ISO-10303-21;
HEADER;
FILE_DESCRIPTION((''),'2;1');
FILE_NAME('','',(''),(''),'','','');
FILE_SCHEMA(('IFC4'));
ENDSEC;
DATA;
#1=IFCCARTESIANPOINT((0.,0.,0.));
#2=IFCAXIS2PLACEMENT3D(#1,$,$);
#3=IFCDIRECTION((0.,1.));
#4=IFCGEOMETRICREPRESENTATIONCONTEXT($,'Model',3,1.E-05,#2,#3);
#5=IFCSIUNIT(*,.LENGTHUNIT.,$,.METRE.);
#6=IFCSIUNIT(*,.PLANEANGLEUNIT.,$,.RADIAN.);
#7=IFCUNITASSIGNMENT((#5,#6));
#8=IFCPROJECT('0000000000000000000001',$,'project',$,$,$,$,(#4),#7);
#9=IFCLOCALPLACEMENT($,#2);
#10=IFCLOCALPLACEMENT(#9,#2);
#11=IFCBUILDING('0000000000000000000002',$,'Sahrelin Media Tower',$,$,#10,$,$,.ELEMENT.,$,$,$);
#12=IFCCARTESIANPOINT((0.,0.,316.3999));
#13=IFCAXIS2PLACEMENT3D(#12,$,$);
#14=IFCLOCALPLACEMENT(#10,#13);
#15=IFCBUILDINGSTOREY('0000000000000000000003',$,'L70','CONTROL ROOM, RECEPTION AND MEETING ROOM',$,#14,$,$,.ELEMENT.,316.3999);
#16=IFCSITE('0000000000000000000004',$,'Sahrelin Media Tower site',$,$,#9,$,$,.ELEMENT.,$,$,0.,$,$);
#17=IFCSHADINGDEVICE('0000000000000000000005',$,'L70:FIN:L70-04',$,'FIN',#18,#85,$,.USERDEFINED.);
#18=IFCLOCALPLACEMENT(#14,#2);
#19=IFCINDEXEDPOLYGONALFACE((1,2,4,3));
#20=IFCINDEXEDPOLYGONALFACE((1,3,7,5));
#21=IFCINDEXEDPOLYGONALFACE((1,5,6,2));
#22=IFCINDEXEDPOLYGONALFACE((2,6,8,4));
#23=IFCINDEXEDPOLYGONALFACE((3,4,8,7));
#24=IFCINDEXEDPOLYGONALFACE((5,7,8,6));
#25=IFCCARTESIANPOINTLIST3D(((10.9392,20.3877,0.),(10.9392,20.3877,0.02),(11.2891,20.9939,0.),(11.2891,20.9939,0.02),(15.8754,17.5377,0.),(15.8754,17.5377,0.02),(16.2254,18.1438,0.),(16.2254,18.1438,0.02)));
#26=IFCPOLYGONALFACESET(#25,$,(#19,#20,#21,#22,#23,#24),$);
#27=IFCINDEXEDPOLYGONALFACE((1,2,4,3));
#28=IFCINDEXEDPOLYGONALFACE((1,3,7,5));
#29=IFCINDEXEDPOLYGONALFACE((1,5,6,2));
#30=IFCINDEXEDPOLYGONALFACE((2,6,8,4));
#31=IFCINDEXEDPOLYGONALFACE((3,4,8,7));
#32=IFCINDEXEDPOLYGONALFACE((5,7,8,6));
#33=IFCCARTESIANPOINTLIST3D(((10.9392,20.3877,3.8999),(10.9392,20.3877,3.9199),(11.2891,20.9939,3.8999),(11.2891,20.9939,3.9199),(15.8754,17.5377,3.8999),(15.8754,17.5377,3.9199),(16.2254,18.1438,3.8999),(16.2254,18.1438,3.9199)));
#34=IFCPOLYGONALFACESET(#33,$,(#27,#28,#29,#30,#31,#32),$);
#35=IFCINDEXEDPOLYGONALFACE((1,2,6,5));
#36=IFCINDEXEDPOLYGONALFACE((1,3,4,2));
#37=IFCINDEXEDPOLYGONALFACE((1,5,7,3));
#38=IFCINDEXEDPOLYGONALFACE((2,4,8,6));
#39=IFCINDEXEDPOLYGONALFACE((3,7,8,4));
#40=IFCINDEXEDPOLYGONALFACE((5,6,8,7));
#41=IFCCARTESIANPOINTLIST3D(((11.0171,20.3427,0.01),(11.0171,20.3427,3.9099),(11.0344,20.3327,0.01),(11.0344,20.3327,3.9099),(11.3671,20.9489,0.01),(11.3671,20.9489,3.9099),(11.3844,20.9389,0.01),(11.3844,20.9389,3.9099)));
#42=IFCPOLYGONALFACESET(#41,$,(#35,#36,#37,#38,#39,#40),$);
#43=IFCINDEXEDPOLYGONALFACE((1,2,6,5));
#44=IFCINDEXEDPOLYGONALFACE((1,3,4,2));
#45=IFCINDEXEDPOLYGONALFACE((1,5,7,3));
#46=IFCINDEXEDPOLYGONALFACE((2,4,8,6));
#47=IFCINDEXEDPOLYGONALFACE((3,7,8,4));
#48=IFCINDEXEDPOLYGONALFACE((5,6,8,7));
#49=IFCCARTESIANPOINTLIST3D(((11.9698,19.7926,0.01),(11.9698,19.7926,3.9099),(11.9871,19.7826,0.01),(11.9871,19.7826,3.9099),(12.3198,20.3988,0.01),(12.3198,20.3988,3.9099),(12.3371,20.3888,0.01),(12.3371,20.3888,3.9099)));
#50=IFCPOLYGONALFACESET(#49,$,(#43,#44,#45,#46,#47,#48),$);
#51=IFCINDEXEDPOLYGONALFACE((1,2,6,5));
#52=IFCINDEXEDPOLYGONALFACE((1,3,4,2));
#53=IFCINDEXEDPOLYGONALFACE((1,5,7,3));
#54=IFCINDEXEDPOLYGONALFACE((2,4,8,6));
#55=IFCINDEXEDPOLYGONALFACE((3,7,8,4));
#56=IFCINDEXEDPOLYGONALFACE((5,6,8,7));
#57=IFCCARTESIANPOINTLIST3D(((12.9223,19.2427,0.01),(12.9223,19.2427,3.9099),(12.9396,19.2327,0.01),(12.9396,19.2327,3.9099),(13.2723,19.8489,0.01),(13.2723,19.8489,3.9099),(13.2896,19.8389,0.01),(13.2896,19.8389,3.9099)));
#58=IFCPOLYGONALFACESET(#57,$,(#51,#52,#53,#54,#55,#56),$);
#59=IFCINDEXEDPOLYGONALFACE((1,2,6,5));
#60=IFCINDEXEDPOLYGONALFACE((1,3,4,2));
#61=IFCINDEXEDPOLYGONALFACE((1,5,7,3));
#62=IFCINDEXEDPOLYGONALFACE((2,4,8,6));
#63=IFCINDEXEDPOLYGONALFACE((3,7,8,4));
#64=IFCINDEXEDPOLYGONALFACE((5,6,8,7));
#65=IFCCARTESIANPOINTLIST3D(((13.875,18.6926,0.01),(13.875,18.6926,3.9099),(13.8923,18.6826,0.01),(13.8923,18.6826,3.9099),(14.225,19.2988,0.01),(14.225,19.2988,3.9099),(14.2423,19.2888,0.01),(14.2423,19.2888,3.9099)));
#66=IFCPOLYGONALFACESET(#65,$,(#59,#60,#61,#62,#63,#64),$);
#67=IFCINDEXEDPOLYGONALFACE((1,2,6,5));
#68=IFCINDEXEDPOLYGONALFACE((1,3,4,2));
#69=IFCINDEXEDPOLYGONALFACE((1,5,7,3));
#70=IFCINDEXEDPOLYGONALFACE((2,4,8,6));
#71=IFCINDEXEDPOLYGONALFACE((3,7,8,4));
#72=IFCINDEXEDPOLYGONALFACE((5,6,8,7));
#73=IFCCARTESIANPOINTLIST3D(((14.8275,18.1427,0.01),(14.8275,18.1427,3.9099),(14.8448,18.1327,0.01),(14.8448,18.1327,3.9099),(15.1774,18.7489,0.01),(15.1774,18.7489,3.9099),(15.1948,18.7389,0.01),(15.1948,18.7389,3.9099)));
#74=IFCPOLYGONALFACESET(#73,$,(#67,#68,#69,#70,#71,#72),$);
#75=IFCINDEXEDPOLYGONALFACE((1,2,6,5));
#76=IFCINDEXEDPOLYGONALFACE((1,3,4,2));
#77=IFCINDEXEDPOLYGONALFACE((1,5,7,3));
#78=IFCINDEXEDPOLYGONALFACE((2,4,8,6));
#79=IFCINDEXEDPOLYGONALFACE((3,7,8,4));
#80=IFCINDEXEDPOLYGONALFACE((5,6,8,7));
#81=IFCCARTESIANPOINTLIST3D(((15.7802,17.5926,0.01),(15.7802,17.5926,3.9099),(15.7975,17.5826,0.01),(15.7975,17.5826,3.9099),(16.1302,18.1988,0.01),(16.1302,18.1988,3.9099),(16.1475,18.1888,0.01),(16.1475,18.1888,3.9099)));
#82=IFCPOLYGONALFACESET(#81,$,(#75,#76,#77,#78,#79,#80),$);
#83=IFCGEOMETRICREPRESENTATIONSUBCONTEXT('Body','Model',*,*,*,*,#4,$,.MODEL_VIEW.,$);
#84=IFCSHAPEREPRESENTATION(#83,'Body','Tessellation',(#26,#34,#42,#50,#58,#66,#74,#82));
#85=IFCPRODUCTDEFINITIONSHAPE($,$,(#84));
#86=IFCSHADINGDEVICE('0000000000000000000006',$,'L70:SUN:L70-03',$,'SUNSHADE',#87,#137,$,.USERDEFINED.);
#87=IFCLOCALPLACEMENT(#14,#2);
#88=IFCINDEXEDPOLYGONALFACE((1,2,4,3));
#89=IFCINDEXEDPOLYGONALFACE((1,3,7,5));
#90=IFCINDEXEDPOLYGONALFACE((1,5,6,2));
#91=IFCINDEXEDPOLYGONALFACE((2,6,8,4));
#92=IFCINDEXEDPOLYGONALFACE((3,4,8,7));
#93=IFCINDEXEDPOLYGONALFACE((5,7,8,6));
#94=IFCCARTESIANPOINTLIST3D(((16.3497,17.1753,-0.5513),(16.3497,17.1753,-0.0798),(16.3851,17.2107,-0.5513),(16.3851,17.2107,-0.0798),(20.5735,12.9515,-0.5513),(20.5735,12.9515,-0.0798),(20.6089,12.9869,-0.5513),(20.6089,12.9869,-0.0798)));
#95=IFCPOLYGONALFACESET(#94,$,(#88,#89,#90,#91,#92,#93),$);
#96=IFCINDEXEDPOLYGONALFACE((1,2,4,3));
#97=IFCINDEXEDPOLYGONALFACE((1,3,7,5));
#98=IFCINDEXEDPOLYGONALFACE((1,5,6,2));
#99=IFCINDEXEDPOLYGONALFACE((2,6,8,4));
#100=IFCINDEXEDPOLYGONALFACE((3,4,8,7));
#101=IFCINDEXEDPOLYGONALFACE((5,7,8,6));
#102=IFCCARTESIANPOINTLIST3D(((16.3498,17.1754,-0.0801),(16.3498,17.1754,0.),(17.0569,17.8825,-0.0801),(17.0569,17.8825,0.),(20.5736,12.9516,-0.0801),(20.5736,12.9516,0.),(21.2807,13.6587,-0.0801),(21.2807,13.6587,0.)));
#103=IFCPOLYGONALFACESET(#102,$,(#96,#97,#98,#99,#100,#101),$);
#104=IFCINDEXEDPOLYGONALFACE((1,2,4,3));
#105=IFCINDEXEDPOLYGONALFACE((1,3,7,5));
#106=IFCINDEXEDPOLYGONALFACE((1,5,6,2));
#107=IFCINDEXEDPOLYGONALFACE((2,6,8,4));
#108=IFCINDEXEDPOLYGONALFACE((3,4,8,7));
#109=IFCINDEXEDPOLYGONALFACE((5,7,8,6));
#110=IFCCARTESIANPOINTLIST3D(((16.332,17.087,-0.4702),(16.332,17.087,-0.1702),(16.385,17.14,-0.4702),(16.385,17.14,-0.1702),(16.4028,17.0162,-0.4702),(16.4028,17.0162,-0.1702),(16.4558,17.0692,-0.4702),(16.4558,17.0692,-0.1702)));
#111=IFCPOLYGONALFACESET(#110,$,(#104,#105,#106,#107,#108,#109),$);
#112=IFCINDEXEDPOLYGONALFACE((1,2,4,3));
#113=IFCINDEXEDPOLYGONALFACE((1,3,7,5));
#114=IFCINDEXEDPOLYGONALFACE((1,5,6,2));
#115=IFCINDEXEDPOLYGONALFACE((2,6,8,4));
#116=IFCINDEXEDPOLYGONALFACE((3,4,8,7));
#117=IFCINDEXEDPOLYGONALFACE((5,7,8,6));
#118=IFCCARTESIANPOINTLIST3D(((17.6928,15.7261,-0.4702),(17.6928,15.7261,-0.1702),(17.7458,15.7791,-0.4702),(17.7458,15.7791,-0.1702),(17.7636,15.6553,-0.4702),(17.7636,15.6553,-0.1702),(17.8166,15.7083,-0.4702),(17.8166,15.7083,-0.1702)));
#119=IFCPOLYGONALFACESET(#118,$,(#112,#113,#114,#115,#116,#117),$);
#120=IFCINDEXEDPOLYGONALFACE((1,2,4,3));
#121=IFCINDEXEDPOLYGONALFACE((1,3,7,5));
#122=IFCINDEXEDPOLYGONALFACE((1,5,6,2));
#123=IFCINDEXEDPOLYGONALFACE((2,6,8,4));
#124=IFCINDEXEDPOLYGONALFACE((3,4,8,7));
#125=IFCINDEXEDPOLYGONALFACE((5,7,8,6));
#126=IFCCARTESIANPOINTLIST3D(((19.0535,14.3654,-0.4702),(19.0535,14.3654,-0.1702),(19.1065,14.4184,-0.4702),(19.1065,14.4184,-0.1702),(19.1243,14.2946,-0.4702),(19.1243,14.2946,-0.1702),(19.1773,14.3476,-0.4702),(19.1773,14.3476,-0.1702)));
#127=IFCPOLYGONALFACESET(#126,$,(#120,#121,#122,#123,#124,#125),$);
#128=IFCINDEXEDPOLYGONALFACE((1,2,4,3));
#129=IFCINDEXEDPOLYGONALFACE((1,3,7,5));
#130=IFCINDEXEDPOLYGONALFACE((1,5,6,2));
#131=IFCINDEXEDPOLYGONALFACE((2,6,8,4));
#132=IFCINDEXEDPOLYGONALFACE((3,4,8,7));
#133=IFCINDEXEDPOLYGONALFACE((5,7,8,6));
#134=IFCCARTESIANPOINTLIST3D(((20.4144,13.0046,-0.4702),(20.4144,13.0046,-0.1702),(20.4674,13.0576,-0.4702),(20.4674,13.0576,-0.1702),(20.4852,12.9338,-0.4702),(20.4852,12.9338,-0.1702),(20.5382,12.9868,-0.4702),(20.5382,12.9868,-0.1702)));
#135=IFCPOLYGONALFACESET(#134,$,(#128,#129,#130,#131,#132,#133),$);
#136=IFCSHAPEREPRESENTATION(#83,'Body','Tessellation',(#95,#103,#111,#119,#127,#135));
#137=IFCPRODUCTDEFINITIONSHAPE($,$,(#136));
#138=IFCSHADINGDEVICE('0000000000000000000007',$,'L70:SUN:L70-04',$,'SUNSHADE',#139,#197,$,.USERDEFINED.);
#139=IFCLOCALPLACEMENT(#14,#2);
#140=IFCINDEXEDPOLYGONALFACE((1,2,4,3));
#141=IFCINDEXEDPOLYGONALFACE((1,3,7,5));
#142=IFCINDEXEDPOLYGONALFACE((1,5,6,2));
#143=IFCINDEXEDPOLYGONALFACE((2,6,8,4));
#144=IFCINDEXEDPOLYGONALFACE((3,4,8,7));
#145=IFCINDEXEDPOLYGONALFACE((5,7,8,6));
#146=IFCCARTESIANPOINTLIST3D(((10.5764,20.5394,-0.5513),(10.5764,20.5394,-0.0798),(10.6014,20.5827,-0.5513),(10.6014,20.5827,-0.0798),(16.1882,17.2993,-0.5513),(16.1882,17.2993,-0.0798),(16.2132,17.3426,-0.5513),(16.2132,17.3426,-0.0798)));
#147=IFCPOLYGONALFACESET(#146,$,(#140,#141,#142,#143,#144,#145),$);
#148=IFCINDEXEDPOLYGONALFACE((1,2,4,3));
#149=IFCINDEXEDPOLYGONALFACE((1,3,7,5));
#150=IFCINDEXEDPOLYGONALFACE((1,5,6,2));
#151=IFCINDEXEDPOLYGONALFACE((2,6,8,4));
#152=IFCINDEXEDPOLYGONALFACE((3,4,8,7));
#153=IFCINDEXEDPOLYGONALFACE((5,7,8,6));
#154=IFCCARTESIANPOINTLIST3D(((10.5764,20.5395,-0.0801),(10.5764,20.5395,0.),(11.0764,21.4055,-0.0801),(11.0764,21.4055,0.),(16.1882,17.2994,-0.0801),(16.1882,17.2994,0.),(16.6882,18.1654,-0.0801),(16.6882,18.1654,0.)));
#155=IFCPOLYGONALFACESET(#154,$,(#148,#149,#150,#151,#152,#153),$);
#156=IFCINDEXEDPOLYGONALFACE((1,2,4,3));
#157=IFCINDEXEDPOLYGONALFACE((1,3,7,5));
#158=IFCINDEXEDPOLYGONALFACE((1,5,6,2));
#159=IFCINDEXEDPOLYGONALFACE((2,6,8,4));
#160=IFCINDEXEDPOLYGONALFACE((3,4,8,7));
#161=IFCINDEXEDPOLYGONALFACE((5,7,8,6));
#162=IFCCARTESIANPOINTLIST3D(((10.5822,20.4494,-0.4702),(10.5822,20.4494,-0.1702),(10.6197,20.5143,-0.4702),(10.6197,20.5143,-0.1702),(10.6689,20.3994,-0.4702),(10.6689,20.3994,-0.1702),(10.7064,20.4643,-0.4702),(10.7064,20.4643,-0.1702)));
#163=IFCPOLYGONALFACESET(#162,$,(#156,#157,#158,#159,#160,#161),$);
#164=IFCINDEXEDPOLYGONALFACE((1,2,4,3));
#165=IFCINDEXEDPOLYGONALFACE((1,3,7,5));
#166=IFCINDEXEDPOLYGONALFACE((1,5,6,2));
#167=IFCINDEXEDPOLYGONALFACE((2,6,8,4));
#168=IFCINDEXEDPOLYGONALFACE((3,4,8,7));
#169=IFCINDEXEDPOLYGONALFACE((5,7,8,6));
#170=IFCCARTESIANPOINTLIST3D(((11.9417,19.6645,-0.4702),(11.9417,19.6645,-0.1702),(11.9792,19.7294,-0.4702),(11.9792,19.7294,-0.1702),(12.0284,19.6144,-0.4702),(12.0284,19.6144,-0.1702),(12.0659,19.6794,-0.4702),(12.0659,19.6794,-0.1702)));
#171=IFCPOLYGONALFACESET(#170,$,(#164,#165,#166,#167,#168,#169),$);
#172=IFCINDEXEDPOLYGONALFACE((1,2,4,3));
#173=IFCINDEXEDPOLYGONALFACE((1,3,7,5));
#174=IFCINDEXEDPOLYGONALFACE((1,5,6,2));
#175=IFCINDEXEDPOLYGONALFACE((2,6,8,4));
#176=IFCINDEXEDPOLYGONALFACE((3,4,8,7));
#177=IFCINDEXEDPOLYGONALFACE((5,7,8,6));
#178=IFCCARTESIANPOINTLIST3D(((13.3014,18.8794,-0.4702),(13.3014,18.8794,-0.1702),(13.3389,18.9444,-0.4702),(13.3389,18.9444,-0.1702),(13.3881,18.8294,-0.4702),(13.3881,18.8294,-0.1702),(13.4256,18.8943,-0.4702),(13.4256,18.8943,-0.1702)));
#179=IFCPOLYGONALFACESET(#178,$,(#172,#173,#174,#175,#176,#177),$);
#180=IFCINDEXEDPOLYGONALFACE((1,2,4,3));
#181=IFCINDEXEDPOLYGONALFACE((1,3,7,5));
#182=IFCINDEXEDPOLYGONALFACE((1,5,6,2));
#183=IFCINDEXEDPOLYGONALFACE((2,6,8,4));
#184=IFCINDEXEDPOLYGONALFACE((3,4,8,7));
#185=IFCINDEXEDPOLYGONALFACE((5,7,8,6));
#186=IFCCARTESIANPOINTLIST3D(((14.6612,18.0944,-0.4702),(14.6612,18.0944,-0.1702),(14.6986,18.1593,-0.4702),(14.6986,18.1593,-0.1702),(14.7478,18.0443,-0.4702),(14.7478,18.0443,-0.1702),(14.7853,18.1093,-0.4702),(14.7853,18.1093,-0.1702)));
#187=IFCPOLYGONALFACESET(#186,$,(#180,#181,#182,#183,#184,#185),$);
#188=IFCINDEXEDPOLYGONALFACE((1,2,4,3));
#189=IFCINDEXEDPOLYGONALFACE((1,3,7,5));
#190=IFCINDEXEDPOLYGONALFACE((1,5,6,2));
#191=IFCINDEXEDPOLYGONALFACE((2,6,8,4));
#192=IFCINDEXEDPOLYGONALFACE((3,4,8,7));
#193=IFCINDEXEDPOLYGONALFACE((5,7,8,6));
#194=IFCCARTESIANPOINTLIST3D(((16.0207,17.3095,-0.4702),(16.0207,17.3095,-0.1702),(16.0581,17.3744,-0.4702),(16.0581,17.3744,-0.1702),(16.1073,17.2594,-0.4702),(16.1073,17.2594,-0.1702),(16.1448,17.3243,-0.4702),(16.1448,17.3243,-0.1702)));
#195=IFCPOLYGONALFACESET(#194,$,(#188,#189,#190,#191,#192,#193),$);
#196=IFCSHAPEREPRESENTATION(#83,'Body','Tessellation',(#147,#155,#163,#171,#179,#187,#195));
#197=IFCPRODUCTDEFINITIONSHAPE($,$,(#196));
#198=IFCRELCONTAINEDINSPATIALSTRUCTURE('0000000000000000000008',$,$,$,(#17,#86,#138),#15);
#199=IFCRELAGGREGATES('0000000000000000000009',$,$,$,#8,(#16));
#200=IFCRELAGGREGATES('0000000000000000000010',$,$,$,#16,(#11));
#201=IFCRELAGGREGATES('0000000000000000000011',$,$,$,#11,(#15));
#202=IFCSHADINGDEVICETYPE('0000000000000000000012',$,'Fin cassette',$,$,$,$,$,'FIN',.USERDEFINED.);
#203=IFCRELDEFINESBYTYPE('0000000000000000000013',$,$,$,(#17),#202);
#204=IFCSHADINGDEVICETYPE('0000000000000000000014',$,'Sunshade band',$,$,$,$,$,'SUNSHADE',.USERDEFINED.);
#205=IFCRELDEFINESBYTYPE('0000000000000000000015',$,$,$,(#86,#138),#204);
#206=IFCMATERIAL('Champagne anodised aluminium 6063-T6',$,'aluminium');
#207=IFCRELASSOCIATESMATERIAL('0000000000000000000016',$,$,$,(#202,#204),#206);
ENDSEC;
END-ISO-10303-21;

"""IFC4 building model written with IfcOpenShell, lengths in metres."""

from ifc_helpers import new_model, si_unit, direction, frame, origin, origin_2d, place, context, subcontext, project, spatial, rectangle, extrude, material, type_object, element, save


model = new_model("IFC4")

# Units and contexts
model_context = context("Model", 3, precision=1e-05, world=origin(), true_north=direction((0.0, 1.0)))
body_context = subcontext(model_context, "Body", "Model", "MODEL_VIEW")
ifc_project = project(units=[si_unit("LENGTHUNIT", "METRE"), si_unit("PLANEANGLEUNIT", "RADIAN")], contexts=[model_context])

# Site, building, storey
site_placement = place(None, origin())
site = spatial("IfcSite", under=ifc_project, at=site_placement, Name="Sahrelin Media Tower site", CompositionType="ELEMENT", RefElevation=0.0)
building_placement = place(site_placement, origin())
building = spatial("IfcBuilding", under=site, at=building_placement, Name="Sahrelin Media Tower", CompositionType="ELEMENT")
storey_placement = place(building_placement, frame((0.0, 0.0, 316.3999)))
storey = spatial("IfcBuildingStorey", under=building, at=storey_placement, Name="L70", Description="CONTROL ROOM, RECEPTION AND MEETING ROOM", CompositionType="ELEMENT", Elevation=316.3999)

# Shared definitions
ifc_material_1 = material(Name="Champagne anodised aluminium 6063-T6", Category="aluminium")

# Shading devices
shading_device_type_1 = type_object("IfcShadingDeviceType", Name="Fin cassette", ElementType="FIN", PredefinedType="USERDEFINED", material=ifc_material_1)
placement_1 = place(storey_placement, frame((18.4475, 15.0493, 0.0), z_axis=(0.0, 0.0, 1.0), x_axis=(0.707107, -0.707107, 0.0)))
placement_2 = place(storey_placement, frame((13.3723, 18.9021, 0.0), z_axis=(0.0, 0.0, 1.0), x_axis=(0.866019, -0.500011, 0.0)))
element("IfcShadingDevice", 1, at=placement_2, inside=storey, type_object=shading_device_type_1, Name="L70:FIN:L70-04", ObjectType="FIN", PredefinedType="USERDEFINED", context=body_context, shape_type="SweptSolid", body=[
    extrude(rectangle(XDim=5.7, YDim=0.7, at=origin_2d()), frame((0.0, 0.4199, 0.0)), (0.0, 0.0, 1.0), 0.02),
    extrude(rectangle(XDim=5.7, YDim=0.7, at=origin_2d()), frame((0.0, 0.4199, 3.8999)), (0.0, 0.0, 1.0), 0.02),
    extrude(rectangle(XDim=0.02, YDim=0.7, at=origin_2d()), frame((-2.75, 0.4199, 0.01), z_axis=(0.0, 0.0, 1.0), x_axis=(1.0, 0.0, 0.0)), (0.0, 0.0, 1.0), 3.8999),
    extrude(rectangle(XDim=0.02, YDim=0.7, at=origin_2d()), frame((-1.6499, 0.4199, 0.01), z_axis=(0.0, 0.0, 1.0), x_axis=(1.0, 0.0, 0.0)), (0.0, 0.0, 1.0), 3.8999),
    extrude(rectangle(XDim=0.02, YDim=0.7, at=origin_2d()), frame((-0.55, 0.4199, 0.01), z_axis=(0.0, 0.0, 1.0), x_axis=(1.0, 0.0, 0.0)), (0.0, 0.0, 1.0), 3.8999),
    extrude(rectangle(XDim=0.02, YDim=0.7, at=origin_2d()), frame((0.55, 0.4199, 0.01), z_axis=(0.0, 0.0, 1.0), x_axis=(1.0, 0.0, 0.0)), (0.0, 0.0, 1.0), 3.8999),
    extrude(rectangle(XDim=0.02, YDim=0.7, at=origin_2d()), frame((1.6499, 0.4199, 0.01), z_axis=(0.0, 0.0, 1.0), x_axis=(1.0, 0.0, 0.0)), (0.0, 0.0, 1.0), 3.8999),
    extrude(rectangle(XDim=0.02, YDim=0.7, at=origin_2d()), frame((2.75, 0.4199, 0.01), z_axis=(0.0, 0.0, 1.0), x_axis=(1.0, 0.0, 0.0)), (0.0, 0.0, 1.0), 3.8999),
])
shading_device_type_2 = type_object("IfcShadingDeviceType", Name="Sunshade band", ElementType="SUNSHADE", PredefinedType="USERDEFINED", material=ifc_material_1)
element("IfcShadingDevice", 2, at=placement_1, inside=storey, type_object=shading_device_type_2, Name="L70:SUN:L70-03", ObjectType="SUNSHADE", PredefinedType="USERDEFINED", context=body_context, shape_type="SweptSolid", body=[
    extrude(rectangle(XDim=5.9734, YDim=0.05, at=origin_2d()), frame((0.0, 0.0449, -0.5513)), (0.0, 0.0, 1.0), 0.4714),
    extrude(rectangle(XDim=5.9734, YDim=1.0, at=origin_2d()), frame((0.0, 0.52, -0.0801)), (0.0, 0.0, 1.0), 0.0801),
    extrude(rectangle(XDim=0.1001, YDim=0.075, at=origin_2d()), frame((-2.8867, -0.0176, -0.4702)), (0.0, 0.0, 1.0), 0.3),
    extrude(rectangle(XDim=0.1001, YDim=0.075, at=origin_2d()), frame((-0.9622, -0.0176, -0.4702)), (0.0, 0.0, 1.0), 0.3),
    extrude(rectangle(XDim=0.1001, YDim=0.075, at=origin_2d()), frame((0.9622, -0.0176, -0.4702)), (0.0, 0.0, 1.0), 0.3),
    extrude(rectangle(XDim=0.1001, YDim=0.075, at=origin_2d()), frame((2.8867, -0.0176, -0.4702)), (0.0, 0.0, 1.0), 0.3),
])
element("IfcShadingDevice", 3, at=placement_2, inside=storey, type_object=shading_device_type_2, Name="L70:SUN:L70-04", ObjectType="SUNSHADE", PredefinedType="USERDEFINED", context=body_context, shape_type="SweptSolid", body=[
    extrude(rectangle(XDim=6.48, YDim=0.05, at=origin_2d()), frame((0.0, 0.0449, -0.5513)), (0.0, 0.0, 1.0), 0.4714),
    extrude(rectangle(XDim=6.48, YDim=1.0, at=origin_2d()), frame((0.0, 0.52, -0.0801)), (0.0, 0.0, 1.0), 0.0801),
    extrude(rectangle(XDim=0.1001, YDim=0.075, at=origin_2d()), frame((-3.1399, -0.0176, -0.4702)), (0.0, 0.0, 1.0), 0.3),
    extrude(rectangle(XDim=0.1001, YDim=0.075, at=origin_2d()), frame((-1.5701, -0.0176, -0.4702)), (0.0, 0.0, 1.0), 0.3),
    extrude(rectangle(XDim=0.1001, YDim=0.075, at=origin_2d()), frame((0.0, -0.0176, -0.4702)), (0.0, 0.0, 1.0), 0.3),
    extrude(rectangle(XDim=0.1001, YDim=0.075, at=origin_2d()), frame((1.5701, -0.0176, -0.4702)), (0.0, 0.0, 1.0), 0.3),
    extrude(rectangle(XDim=0.1001, YDim=0.075, at=origin_2d()), frame((3.1399, -0.0176, -0.4702)), (0.0, 0.0, 1.0), 0.3),
])

save(model, "model.ifc")
